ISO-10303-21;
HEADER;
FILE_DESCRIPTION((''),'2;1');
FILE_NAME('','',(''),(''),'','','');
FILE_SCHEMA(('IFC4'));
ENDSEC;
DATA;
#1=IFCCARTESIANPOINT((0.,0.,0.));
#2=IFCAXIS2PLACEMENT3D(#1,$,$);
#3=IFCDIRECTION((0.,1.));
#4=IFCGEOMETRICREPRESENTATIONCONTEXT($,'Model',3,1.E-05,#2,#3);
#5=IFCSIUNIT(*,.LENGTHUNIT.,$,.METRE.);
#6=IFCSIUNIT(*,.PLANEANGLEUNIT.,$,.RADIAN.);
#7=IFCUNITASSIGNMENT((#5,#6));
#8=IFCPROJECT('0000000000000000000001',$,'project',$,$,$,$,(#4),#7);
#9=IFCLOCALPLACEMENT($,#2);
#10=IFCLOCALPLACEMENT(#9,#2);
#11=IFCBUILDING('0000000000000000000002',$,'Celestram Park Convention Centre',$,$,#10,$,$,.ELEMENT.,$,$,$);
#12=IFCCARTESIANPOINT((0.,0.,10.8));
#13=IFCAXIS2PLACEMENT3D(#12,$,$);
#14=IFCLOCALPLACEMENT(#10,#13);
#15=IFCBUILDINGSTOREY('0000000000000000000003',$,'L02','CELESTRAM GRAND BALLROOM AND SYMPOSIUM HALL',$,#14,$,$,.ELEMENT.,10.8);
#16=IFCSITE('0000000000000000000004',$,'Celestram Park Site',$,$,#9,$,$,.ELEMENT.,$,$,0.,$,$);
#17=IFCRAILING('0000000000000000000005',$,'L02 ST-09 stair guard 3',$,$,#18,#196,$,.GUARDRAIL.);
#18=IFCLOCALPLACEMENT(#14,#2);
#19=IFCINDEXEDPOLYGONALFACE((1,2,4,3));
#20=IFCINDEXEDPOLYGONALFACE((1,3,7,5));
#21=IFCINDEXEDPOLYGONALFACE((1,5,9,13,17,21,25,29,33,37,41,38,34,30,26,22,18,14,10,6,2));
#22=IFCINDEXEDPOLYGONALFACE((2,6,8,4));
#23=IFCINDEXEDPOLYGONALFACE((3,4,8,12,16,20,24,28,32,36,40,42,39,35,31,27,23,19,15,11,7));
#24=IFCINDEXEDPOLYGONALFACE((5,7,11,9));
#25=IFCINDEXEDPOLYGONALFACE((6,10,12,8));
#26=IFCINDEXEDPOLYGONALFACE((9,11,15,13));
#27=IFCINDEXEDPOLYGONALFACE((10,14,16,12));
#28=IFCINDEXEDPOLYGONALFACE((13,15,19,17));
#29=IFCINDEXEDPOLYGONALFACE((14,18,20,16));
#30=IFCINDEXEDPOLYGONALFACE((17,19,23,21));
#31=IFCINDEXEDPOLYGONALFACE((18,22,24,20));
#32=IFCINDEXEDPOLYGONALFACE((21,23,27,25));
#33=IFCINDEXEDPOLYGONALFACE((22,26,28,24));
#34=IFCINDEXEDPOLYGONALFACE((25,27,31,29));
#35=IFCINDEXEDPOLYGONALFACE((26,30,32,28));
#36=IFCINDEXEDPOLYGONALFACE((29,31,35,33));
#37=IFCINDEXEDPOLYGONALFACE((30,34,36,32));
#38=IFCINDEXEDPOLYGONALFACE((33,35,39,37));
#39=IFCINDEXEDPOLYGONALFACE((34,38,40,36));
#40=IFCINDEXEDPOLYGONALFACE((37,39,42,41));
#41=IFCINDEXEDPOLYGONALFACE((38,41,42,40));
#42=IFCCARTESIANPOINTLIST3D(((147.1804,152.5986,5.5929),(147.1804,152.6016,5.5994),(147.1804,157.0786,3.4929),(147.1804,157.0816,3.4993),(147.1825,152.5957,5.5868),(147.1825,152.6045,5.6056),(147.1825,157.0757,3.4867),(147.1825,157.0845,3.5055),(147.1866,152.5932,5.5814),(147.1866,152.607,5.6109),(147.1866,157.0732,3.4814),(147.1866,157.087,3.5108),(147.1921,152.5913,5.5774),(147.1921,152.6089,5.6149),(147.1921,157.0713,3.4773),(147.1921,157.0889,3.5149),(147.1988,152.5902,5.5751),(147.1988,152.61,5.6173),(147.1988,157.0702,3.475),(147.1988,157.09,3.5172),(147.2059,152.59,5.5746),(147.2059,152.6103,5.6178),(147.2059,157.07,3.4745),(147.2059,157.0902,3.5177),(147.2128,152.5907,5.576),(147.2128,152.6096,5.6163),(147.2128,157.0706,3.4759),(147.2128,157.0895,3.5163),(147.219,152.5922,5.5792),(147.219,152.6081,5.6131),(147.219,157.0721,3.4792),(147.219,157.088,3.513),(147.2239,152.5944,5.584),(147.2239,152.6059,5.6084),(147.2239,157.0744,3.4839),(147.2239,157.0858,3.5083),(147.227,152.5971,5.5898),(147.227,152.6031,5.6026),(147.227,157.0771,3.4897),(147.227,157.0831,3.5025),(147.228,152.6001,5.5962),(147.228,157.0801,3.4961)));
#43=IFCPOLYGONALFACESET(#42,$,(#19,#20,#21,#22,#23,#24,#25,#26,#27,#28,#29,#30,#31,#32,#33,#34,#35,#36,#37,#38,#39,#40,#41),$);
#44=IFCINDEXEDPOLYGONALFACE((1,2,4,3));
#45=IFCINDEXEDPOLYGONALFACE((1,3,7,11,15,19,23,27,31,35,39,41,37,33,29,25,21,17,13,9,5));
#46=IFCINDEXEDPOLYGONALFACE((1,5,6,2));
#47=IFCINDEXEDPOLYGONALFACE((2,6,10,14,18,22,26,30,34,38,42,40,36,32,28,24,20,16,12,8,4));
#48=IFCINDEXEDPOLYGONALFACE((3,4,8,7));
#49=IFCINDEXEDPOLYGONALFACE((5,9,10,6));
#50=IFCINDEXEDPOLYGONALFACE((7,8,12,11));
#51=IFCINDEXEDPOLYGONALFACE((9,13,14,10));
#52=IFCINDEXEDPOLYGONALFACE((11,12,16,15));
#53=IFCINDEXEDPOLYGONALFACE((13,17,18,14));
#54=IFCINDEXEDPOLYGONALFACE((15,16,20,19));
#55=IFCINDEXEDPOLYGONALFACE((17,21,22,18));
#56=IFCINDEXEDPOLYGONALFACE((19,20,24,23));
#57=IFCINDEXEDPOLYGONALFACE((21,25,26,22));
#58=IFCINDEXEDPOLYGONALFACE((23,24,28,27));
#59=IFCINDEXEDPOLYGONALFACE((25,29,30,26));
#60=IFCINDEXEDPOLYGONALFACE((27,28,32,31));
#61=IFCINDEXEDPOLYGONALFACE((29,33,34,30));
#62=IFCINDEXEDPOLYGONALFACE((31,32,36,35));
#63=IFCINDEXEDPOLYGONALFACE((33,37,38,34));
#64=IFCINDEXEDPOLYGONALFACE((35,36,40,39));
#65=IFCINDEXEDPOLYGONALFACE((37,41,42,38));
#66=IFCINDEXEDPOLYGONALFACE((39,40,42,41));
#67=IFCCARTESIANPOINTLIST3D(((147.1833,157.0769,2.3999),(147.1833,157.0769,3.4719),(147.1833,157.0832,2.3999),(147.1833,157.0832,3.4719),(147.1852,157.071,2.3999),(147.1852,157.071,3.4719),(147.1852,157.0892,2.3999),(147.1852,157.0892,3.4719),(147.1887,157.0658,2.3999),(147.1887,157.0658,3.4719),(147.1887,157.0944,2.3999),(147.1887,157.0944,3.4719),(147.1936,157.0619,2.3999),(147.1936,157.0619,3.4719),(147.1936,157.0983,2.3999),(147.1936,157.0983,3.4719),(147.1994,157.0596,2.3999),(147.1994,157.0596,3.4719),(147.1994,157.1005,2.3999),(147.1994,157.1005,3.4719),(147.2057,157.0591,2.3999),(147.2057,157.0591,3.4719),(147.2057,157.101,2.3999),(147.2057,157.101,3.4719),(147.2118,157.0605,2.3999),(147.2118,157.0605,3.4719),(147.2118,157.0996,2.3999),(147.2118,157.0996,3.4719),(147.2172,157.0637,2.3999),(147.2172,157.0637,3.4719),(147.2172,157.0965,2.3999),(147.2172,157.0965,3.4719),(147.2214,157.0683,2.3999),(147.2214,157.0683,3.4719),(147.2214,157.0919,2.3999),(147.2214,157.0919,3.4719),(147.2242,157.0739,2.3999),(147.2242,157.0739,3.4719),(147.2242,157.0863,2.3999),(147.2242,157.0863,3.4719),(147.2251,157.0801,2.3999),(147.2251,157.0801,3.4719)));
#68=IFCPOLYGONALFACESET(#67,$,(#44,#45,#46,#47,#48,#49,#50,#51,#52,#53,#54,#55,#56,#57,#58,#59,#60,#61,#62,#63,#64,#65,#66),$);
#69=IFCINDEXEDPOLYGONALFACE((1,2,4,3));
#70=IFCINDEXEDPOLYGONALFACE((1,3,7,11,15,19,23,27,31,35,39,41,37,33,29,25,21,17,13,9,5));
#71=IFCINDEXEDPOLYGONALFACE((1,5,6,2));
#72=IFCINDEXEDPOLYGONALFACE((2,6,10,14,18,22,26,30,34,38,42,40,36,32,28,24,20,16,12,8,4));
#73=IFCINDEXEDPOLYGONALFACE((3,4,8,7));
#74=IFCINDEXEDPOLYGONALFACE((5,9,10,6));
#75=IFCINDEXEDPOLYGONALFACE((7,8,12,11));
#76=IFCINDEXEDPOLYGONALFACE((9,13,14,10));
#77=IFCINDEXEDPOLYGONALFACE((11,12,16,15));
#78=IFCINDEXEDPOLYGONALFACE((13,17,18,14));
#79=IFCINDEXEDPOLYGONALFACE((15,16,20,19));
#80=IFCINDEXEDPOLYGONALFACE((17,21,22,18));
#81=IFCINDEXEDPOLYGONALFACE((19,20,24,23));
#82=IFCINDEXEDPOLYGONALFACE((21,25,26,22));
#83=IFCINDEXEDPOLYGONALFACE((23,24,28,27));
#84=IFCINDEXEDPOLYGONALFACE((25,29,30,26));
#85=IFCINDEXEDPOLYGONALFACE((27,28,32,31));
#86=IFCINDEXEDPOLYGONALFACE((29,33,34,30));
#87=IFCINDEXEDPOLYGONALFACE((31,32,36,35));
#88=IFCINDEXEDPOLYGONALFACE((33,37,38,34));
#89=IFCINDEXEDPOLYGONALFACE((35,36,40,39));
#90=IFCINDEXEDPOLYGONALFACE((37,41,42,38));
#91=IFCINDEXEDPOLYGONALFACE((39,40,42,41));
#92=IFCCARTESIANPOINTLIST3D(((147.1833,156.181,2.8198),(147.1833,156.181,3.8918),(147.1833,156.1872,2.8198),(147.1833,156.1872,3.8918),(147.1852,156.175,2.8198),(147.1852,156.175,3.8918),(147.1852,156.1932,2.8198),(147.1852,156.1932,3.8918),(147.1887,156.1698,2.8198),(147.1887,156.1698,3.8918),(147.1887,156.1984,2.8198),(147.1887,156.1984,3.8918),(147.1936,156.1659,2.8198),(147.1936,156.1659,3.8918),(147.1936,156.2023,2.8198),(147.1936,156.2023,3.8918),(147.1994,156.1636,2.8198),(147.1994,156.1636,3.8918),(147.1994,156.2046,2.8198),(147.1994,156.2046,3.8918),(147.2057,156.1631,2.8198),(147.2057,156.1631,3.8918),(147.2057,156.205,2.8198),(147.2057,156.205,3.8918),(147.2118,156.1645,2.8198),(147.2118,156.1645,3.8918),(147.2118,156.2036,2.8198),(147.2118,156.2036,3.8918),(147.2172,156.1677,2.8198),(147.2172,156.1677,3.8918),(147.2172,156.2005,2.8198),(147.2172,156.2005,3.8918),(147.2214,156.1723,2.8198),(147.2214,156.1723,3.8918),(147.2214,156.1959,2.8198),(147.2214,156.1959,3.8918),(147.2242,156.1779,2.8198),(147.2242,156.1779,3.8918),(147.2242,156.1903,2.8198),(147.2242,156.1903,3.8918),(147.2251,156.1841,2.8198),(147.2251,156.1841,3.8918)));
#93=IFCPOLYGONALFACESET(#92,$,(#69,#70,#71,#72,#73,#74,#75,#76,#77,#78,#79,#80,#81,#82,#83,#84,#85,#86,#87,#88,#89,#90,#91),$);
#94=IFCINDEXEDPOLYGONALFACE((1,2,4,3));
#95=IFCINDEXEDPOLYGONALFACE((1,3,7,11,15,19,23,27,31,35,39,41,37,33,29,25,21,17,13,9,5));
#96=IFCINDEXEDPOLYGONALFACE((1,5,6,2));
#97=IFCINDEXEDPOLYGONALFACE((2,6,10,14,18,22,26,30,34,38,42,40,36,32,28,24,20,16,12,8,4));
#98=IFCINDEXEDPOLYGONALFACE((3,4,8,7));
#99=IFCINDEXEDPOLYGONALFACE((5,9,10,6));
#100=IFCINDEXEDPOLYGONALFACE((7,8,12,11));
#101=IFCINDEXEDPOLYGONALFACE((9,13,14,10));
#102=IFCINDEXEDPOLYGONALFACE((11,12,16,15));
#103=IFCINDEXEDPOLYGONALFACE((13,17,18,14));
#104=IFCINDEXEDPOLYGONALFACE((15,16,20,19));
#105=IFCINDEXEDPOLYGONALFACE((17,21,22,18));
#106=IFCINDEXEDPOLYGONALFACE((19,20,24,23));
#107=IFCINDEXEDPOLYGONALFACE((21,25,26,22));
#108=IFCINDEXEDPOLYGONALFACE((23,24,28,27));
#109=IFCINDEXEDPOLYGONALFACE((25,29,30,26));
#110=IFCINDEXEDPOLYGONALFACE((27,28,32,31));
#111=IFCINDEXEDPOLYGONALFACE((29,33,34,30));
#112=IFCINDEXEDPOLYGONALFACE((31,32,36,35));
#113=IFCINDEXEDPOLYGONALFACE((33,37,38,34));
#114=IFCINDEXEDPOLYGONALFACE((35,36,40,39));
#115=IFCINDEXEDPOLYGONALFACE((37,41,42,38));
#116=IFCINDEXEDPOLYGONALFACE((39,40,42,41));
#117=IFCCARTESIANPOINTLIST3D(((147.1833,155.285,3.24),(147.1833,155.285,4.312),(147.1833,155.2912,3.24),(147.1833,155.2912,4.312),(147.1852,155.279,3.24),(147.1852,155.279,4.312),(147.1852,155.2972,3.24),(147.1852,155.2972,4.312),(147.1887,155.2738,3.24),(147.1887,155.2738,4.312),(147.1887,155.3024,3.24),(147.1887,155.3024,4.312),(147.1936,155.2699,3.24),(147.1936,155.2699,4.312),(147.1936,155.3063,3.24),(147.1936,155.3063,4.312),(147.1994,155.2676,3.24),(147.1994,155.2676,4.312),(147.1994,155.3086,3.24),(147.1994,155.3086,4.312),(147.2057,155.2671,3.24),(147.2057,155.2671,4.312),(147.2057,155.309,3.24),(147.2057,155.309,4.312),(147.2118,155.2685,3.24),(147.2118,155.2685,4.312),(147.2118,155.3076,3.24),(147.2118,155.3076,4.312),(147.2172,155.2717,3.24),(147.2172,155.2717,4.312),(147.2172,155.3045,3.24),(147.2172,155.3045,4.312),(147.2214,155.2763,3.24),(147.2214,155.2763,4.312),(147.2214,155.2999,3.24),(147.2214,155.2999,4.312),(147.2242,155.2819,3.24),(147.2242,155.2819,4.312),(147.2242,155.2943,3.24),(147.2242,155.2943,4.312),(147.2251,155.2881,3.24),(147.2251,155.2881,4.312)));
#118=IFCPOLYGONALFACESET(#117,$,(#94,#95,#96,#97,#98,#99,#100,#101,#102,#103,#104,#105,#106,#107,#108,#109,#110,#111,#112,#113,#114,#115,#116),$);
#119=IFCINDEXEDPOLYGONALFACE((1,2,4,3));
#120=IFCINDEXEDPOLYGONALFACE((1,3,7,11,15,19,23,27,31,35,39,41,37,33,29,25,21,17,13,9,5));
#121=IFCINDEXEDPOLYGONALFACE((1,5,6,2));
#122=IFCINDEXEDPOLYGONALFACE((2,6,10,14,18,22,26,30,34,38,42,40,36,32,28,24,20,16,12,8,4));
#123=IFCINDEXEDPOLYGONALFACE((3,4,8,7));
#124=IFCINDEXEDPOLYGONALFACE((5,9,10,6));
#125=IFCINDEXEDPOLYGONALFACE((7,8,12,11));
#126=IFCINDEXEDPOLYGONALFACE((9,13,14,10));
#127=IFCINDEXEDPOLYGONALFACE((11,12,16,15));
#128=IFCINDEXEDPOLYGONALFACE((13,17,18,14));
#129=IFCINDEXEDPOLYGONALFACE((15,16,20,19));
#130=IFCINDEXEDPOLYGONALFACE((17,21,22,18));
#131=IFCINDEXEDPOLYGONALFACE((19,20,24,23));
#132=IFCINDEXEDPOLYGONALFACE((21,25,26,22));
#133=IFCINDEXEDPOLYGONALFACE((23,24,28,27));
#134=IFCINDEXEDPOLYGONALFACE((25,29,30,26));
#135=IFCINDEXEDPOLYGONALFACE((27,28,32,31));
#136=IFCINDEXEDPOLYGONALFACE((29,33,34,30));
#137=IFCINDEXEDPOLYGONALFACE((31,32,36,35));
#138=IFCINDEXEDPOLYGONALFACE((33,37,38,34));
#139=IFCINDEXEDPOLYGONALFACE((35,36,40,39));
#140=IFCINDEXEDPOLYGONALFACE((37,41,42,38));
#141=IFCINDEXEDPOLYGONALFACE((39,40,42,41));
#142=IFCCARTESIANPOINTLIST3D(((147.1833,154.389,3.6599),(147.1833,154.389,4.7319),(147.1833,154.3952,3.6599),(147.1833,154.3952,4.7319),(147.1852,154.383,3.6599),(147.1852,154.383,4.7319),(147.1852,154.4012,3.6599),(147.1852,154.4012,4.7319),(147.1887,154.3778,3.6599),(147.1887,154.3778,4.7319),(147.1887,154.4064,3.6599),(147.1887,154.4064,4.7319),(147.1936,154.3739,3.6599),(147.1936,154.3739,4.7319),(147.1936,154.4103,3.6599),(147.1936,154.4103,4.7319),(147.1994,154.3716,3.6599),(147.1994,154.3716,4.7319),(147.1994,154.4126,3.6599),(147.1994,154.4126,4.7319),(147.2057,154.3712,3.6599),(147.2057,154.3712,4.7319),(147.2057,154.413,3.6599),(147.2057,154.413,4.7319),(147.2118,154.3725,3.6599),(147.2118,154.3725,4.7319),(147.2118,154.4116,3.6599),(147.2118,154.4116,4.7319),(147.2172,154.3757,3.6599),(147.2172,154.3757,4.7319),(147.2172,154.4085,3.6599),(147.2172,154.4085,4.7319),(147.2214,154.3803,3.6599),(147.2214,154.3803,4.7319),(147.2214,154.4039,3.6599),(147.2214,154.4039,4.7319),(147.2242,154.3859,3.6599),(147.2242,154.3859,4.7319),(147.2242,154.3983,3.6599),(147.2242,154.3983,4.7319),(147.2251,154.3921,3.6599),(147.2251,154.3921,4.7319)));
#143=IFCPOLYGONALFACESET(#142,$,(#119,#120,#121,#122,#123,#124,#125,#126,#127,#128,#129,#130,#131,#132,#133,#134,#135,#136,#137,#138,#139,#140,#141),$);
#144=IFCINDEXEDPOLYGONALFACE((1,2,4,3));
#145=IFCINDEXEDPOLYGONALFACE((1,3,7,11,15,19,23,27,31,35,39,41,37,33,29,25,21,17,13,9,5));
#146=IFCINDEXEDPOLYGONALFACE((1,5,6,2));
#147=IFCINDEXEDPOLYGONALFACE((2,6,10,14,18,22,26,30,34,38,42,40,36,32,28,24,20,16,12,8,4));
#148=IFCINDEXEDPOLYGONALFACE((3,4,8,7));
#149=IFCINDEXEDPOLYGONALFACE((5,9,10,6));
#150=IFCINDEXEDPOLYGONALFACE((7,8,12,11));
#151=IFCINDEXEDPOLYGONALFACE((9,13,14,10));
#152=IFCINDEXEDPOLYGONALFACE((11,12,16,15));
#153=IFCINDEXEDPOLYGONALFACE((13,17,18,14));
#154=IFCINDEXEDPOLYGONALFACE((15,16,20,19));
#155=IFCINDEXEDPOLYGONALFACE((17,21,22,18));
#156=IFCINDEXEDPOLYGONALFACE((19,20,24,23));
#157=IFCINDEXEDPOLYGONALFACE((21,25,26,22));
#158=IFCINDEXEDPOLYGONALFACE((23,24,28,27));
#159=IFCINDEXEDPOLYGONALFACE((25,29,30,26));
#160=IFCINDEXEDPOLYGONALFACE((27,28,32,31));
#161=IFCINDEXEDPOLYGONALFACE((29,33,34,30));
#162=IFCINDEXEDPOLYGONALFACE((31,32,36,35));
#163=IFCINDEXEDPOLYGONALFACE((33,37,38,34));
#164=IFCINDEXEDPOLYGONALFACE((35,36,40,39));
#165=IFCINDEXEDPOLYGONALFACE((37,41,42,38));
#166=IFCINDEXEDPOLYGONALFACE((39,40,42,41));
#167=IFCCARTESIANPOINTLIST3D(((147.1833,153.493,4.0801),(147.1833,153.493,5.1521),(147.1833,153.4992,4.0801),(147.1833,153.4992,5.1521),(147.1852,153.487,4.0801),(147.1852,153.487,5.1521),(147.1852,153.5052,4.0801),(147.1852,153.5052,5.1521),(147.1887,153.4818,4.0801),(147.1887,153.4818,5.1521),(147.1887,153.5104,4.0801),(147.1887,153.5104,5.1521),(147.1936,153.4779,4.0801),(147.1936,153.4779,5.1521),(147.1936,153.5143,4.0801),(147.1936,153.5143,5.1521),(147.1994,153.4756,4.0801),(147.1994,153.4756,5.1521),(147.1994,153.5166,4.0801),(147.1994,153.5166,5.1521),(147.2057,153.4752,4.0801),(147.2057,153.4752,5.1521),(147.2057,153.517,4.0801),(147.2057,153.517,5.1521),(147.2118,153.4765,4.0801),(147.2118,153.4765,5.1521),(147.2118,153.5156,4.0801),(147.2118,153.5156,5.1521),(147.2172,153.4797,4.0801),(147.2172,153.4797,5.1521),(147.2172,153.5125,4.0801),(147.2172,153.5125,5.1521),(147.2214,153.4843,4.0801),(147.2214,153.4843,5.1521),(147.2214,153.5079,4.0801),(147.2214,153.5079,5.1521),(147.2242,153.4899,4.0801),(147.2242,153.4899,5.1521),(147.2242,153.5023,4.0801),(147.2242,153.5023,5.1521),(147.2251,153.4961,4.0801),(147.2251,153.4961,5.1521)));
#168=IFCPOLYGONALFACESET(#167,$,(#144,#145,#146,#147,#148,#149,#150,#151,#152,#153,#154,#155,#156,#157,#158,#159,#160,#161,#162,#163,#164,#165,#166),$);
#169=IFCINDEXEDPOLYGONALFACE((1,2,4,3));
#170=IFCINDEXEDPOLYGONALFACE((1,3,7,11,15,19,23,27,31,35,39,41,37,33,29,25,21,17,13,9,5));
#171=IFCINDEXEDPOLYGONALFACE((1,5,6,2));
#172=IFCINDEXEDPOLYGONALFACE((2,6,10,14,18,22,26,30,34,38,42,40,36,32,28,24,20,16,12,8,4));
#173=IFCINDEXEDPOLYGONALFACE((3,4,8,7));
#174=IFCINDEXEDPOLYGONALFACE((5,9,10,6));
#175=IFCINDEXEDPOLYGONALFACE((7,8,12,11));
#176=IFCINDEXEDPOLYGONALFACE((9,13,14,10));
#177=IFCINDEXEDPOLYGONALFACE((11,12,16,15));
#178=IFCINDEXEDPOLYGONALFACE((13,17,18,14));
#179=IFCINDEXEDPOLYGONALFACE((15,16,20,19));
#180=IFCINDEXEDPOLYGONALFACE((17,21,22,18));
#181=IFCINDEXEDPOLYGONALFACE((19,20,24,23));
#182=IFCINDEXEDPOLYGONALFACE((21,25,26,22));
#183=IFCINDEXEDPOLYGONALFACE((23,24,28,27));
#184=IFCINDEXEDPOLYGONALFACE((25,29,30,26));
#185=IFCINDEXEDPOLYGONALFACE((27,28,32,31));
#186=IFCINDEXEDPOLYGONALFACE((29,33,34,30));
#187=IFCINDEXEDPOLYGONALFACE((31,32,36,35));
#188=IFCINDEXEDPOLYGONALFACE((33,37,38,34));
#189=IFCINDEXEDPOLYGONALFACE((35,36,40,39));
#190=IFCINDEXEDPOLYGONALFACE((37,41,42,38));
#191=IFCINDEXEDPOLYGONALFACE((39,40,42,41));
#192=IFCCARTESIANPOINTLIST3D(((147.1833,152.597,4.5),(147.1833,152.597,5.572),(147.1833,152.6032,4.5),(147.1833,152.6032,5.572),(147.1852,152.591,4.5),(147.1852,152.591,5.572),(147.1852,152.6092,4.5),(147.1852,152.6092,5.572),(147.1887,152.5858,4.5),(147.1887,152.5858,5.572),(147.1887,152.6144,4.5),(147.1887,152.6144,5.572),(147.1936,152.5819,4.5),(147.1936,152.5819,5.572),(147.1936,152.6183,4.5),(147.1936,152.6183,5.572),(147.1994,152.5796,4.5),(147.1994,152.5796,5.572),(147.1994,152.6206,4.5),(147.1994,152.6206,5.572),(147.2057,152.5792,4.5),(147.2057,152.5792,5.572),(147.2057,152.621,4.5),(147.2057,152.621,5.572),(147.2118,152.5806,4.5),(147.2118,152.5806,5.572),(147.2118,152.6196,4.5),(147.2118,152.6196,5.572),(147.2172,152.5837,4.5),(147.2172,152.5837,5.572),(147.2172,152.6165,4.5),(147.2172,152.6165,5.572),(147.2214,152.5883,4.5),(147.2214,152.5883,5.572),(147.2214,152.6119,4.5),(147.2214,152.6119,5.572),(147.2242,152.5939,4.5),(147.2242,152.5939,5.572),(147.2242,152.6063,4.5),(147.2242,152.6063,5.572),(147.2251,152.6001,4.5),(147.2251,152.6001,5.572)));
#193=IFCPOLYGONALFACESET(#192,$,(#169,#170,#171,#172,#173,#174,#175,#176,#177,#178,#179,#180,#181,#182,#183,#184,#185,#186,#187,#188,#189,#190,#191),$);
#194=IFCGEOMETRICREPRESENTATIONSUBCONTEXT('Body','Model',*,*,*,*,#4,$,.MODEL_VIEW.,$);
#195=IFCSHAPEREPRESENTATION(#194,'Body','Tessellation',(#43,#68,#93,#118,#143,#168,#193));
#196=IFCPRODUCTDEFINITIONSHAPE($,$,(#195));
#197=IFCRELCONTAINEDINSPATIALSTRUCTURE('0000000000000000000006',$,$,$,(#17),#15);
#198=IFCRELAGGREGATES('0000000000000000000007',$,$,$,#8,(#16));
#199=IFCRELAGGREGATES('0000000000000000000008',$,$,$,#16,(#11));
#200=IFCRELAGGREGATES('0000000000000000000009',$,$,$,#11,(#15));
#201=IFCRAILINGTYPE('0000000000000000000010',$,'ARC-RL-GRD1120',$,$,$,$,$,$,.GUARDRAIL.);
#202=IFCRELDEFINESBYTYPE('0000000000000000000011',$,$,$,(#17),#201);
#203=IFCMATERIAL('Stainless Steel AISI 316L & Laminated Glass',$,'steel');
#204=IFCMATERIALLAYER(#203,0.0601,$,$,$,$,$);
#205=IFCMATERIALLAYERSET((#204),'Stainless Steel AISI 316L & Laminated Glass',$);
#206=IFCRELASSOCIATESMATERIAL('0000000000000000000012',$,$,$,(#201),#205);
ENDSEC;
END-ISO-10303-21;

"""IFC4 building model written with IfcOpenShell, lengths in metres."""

from ifc_helpers import new_model, si_unit, direction, frame, origin, origin_2d, place, context, subcontext, project, spatial, circle, extrude, material, layer, layer_set, type_object, element, save


model = new_model("IFC4")

# Units and contexts
model_context = context("Model", 3, precision=1e-05, world=origin(), true_north=direction((0.0, 1.0)))
body_context = subcontext(model_context, "Body", "Model", "MODEL_VIEW")
ifc_project = project(units=[si_unit("LENGTHUNIT", "METRE"), si_unit("PLANEANGLEUNIT", "RADIAN")], contexts=[model_context])

# Site, building, storey
site_placement = place(None, origin())
site = spatial("IfcSite", under=ifc_project, at=site_placement, Name="Celestram Park Site", CompositionType="ELEMENT", RefElevation=0.0)
building_placement = place(site_placement, origin())
building = spatial("IfcBuilding", under=site, at=building_placement, Name="Celestram Park Convention Centre", CompositionType="ELEMENT")
storey_placement = place(building_placement, frame((0.0, 0.0, 10.8)))
storey = spatial("IfcBuildingStorey", under=building, at=storey_placement, Name="L02", Description="CELESTRAM GRAND BALLROOM AND SYMPOSIUM HALL", CompositionType="ELEMENT", Elevation=10.8)

# Railing
ifc_material_1 = material(Name="Stainless Steel AISI 316L & Laminated Glass", Category="steel")
ifc_layer_1 = layer(ifc_material_1, 0.0601)
ifc_layer_set_1 = layer_set([ifc_layer_1], Name="Stainless Steel AISI 316L & Laminated Glass")
railing_type_1 = type_object("IfcRailingType", Name="ARC-RL-GRD1120", PredefinedType="GUARDRAIL", material=ifc_layer_set_1)
railing_1_placement = place(storey_placement, frame((147.2041, 157.0801, 2.3999)))
element("IfcRailing", 1, at=railing_1_placement, inside=storey, type_object=railing_type_1, Name="L02 ST-09 stair guard 3", PredefinedType="GUARDRAIL", context=body_context, shape_type="SweptSolid", body=[
    extrude(circle(Radius=0.0239, at=origin_2d()), frame((0.0, 0.0, 1.0962), z_axis=(0.0, -0.905451, 0.424452), x_axis=(1.0, 0.0, 0.0)), (0.0, 0.0, 1.0), 4.9478),
    extrude(circle(Radius=0.021, at=origin_2d()), origin(), (0.0, 0.0, 1.0), 1.072),
    extrude(circle(Radius=0.021, at=origin_2d()), frame((0.0, -0.896, 0.4199)), (0.0, 0.0, 1.0), 1.072),
    extrude(circle(Radius=0.021, at=origin_2d()), frame((0.0, -1.792, 0.8401)), (0.0, 0.0, 1.0), 1.072),
    extrude(circle(Radius=0.021, at=origin_2d()), frame((0.0, -2.688, 1.26)), (0.0, 0.0, 1.0), 1.072),
    extrude(circle(Radius=0.021, at=origin_2d()), frame((0.0, -3.584, 1.6802)), (0.0, 0.0, 1.0), 1.072),
    extrude(circle(Radius=0.021, at=origin_2d()), frame((0.0, -4.48, 2.1001)), (0.0, 0.0, 1.0), 1.072),
])

save(model, "model.ifc")
